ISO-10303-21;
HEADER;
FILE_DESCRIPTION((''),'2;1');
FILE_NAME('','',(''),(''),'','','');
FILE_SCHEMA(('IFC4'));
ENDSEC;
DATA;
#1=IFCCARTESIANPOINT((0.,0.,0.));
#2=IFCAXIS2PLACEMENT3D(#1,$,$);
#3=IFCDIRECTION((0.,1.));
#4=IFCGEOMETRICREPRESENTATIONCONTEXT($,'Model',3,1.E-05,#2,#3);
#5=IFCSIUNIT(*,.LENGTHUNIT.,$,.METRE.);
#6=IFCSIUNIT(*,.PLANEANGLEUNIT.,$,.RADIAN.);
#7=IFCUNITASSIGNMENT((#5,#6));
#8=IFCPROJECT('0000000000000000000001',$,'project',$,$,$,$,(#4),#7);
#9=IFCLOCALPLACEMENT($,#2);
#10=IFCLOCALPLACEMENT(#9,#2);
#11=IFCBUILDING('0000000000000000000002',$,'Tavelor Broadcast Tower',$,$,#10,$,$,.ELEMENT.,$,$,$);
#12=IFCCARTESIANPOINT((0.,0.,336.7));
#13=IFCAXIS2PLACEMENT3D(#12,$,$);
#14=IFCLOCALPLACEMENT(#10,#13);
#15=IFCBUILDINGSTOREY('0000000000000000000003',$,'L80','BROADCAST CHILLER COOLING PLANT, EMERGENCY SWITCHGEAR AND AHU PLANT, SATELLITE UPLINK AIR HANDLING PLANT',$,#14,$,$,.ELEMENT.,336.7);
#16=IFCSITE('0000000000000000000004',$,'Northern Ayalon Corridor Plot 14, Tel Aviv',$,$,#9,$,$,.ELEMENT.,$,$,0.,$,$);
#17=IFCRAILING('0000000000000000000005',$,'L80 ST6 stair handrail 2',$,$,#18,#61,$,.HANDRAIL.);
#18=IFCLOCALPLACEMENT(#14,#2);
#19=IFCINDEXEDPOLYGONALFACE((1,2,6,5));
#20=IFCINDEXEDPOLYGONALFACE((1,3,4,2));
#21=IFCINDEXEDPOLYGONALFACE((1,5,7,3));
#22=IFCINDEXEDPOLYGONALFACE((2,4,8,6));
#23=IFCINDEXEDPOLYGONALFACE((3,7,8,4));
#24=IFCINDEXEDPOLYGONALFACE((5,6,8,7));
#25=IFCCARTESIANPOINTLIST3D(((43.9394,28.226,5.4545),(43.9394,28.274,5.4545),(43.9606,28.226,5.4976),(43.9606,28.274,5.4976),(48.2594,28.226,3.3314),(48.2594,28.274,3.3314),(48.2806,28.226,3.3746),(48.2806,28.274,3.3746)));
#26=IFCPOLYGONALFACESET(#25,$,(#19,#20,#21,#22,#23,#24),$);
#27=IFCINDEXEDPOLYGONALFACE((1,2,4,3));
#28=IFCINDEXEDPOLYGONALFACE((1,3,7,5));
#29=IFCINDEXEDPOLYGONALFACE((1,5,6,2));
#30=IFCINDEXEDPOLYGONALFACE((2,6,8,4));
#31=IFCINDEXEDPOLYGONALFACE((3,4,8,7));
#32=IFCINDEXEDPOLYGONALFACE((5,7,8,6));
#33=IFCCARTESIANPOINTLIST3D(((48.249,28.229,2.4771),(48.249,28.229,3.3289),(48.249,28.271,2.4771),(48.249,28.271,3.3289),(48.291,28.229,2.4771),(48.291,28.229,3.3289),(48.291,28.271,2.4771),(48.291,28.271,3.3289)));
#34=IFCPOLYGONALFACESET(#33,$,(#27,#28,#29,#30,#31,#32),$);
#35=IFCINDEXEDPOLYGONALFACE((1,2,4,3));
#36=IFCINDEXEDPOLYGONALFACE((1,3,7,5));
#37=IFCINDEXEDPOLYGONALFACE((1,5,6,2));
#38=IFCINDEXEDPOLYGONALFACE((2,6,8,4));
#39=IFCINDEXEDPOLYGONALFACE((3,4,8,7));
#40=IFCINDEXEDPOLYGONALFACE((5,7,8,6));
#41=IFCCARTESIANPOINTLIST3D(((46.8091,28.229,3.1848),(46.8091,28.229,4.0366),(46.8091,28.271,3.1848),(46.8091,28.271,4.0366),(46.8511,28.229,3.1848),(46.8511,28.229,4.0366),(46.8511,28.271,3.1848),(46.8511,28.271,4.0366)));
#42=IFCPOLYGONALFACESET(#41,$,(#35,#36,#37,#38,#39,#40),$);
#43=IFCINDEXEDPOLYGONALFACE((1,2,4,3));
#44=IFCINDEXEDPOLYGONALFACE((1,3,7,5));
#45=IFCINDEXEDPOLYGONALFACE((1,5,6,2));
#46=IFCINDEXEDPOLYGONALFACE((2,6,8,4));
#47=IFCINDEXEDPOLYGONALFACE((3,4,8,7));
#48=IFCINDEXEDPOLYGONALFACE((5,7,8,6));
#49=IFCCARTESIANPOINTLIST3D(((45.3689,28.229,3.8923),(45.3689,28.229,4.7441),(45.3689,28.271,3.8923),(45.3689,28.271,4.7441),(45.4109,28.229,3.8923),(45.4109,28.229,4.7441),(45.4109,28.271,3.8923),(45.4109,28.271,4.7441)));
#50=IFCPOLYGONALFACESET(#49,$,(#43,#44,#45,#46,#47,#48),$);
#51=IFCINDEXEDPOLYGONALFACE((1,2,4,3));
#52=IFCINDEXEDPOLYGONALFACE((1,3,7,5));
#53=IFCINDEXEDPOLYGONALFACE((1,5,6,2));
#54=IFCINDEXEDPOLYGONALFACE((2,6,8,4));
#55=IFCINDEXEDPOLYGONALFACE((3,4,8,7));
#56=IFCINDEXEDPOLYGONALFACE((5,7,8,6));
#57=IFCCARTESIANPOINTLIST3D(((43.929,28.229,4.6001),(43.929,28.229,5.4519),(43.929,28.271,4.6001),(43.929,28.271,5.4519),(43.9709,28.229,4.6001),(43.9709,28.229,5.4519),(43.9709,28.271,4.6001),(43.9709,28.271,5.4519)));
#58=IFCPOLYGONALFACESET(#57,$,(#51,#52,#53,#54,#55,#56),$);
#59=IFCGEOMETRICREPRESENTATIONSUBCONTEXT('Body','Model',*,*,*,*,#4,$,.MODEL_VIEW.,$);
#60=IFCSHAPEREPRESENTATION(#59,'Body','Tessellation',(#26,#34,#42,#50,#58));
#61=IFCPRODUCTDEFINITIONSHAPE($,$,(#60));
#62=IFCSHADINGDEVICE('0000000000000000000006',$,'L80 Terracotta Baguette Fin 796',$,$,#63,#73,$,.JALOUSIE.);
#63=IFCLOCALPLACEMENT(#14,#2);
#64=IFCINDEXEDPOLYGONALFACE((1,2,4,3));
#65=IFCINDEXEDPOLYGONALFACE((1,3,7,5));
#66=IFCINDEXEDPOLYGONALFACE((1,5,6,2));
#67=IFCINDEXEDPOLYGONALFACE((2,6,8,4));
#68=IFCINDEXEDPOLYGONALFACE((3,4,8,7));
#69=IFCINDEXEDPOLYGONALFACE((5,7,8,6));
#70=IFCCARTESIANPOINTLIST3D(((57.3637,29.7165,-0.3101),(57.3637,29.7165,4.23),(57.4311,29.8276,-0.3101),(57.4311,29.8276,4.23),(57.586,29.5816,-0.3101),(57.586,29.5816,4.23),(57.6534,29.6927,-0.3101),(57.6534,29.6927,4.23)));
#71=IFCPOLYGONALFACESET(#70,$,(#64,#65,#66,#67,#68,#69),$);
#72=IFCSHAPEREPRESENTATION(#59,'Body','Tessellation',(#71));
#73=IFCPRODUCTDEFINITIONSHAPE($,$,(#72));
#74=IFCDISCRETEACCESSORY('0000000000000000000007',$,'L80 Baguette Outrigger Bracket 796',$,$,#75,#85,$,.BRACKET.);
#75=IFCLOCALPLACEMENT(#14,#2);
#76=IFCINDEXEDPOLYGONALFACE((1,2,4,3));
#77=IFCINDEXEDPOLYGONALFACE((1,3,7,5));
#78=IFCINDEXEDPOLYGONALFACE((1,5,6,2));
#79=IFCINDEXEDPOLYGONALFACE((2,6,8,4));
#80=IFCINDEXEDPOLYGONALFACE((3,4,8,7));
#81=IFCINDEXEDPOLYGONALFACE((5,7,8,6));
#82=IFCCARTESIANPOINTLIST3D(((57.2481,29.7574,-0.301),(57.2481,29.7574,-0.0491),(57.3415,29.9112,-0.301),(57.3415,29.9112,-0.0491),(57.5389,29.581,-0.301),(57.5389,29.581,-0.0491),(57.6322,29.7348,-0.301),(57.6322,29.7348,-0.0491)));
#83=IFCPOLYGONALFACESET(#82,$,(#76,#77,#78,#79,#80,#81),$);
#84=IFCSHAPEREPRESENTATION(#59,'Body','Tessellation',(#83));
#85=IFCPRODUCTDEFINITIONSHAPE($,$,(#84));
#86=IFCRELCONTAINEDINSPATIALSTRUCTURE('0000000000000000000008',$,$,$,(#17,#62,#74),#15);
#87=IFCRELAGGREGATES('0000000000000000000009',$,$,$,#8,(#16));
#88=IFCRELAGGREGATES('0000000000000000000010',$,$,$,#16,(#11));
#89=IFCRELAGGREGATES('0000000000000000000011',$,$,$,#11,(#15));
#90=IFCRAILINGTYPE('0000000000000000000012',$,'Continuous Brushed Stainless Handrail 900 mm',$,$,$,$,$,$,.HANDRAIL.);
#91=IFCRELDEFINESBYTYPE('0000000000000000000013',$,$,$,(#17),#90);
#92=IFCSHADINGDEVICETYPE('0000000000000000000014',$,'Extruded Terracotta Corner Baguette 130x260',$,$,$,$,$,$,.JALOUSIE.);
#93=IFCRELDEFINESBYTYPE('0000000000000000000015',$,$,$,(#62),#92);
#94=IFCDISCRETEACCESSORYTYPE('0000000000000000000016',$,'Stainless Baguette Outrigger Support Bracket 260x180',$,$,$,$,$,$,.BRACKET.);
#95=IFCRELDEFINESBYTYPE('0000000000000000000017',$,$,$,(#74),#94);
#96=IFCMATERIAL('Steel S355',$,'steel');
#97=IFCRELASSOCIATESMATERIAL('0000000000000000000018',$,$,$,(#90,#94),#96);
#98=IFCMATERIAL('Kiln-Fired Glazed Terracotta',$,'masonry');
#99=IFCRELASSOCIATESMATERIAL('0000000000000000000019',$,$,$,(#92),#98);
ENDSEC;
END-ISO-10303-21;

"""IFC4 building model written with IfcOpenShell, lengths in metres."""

from ifc_helpers import new_model, si_unit, direction, frame, origin, origin_2d, place, context, subcontext, project, spatial, rectangle, extrude, source, transform, mapped, material, type_object, type_shapes, element, save


model = new_model("IFC4")

# Units and contexts
model_context = context("Model", 3, precision=1e-05, world=origin(), true_north=direction((0.0, 1.0)))
body_context = subcontext(model_context, "Body", "Model", "MODEL_VIEW")
ifc_project = project(units=[si_unit("LENGTHUNIT", "METRE"), si_unit("PLANEANGLEUNIT", "RADIAN")], contexts=[model_context])

# Site, building, storey
site_placement = place(None, origin())
site = spatial("IfcSite", under=ifc_project, at=site_placement, Name="Northern Ayalon Corridor Plot 14, Tel Aviv", CompositionType="ELEMENT", RefElevation=0.0)
building_placement = place(site_placement, origin())
building = spatial("IfcBuilding", under=site, at=building_placement, Name="Tavelor Broadcast Tower", CompositionType="ELEMENT")
storey_placement = place(building_placement, frame((0.0, 0.0, 336.7)))
storey = spatial("IfcBuildingStorey", under=building, at=storey_placement, Name="L80", Description="BROADCAST CHILLER COOLING PLANT, EMERGENCY SWITCHGEAR AND AHU PLANT, SATELLITE UPLINK AIR HANDLING PLANT", CompositionType="ELEMENT", Elevation=336.7)

# Shared definitions
ifc_material_1 = material(Name="Steel S355", Category="steel")

# Railing
railing_type = type_object("IfcRailingType", Name="Continuous Brushed Stainless Handrail 900 mm", PredefinedType="HANDRAIL", material=ifc_material_1)
railing_placement = place(storey_placement, frame((48.27, 28.25, 2.4771)))
element("IfcRailing", 1, at=railing_placement, inside=storey, type_object=railing_type, Name="L80 ST6 stair handrail 2", PredefinedType="HANDRAIL", context=body_context, shape_type="SweptSolid", body=[
    extrude(rectangle(XDim=0.0481, YDim=0.0481, at=origin_2d()), frame((0.0, 0.0, 0.876), z_axis=(-0.89748, 0.0, 0.441056), x_axis=(0.0, -1.0, 0.0)), (0.0, 0.0, 1.0), 4.8135),
    extrude(rectangle(XDim=0.042, YDim=0.042, at=origin_2d()), origin(), (0.0, 0.0, 1.0), 0.8518),
    extrude(rectangle(XDim=0.042, YDim=0.042, at=origin_2d()), frame((-1.4399, 0.0, 0.7078)), (0.0, 0.0, 1.0), 0.8518),
    extrude(rectangle(XDim=0.042, YDim=0.042, at=origin_2d()), frame((-2.8801, 0.0, 1.4153)), (0.0, 0.0, 1.0), 0.8518),
    extrude(rectangle(XDim=0.042, YDim=0.042, at=origin_2d()), frame((-4.3201, 0.0, 2.123)), (0.0, 0.0, 1.0), 0.8518),
])

# Shading device
ifc_material_2 = material(Name="Kiln-Fired Glazed Terracotta", Category="masonry")
shading_device_type = type_object("IfcShadingDeviceType", Name="Extruded Terracotta Corner Baguette 130x260", PredefinedType="JALOUSIE", material=ifc_material_2)
shared_shape_1 = source(origin(), body_context, "Body", "SweptSolid", [
    extrude(rectangle(XDim=0.1299, YDim=0.26, at=origin_2d()), origin(), (0.0, 0.0, 1.0), 4.54),
])
type_shapes(shading_device_type, [shared_shape_1])
shading_device_placement = place(storey_placement, frame((57.5085, 29.7046, -0.3101), z_axis=(0.0, 0.0, 1.0), x_axis=(0.518773, 0.854912, 0.0)))
element("IfcShadingDevice", 2, at=shading_device_placement, inside=storey, type_object=shading_device_type, Name="L80 Terracotta Baguette Fin 796", PredefinedType="JALOUSIE", context=body_context, shape_type="MappedRepresentation", body=[
    mapped(shared_shape_1, transform((0.0, 0.0, 0.0), scale=1.0)),
])

# Discrete accessory
discrete_accessory_type = type_object("IfcDiscreteAccessoryType", Name="Stainless Baguette Outrigger Support Bracket 260x180", PredefinedType="BRACKET", material=ifc_material_1)
shared_shape_2 = source(origin(), body_context, "Body", "SweptSolid", [
    extrude(rectangle(XDim=0.1799, YDim=0.3401, at=origin_2d()), origin(), (0.0, 0.0, 1.0), 0.252),
])
type_shapes(discrete_accessory_type, [shared_shape_2])
discrete_accessory_placement = place(storey_placement, frame((57.4402, 29.7461, -0.301), z_axis=(0.0, 0.0, 1.0), x_axis=(0.518773, 0.854912, 0.0)))
element("IfcDiscreteAccessory", 3, at=discrete_accessory_placement, inside=storey, type_object=discrete_accessory_type, Name="L80 Baguette Outrigger Bracket 796", PredefinedType="BRACKET", context=body_context, shape_type="MappedRepresentation", body=[
    mapped(shared_shape_2, transform((0.0, 0.0, 0.0), scale=1.0)),
])

save(model, "model.ifc")
